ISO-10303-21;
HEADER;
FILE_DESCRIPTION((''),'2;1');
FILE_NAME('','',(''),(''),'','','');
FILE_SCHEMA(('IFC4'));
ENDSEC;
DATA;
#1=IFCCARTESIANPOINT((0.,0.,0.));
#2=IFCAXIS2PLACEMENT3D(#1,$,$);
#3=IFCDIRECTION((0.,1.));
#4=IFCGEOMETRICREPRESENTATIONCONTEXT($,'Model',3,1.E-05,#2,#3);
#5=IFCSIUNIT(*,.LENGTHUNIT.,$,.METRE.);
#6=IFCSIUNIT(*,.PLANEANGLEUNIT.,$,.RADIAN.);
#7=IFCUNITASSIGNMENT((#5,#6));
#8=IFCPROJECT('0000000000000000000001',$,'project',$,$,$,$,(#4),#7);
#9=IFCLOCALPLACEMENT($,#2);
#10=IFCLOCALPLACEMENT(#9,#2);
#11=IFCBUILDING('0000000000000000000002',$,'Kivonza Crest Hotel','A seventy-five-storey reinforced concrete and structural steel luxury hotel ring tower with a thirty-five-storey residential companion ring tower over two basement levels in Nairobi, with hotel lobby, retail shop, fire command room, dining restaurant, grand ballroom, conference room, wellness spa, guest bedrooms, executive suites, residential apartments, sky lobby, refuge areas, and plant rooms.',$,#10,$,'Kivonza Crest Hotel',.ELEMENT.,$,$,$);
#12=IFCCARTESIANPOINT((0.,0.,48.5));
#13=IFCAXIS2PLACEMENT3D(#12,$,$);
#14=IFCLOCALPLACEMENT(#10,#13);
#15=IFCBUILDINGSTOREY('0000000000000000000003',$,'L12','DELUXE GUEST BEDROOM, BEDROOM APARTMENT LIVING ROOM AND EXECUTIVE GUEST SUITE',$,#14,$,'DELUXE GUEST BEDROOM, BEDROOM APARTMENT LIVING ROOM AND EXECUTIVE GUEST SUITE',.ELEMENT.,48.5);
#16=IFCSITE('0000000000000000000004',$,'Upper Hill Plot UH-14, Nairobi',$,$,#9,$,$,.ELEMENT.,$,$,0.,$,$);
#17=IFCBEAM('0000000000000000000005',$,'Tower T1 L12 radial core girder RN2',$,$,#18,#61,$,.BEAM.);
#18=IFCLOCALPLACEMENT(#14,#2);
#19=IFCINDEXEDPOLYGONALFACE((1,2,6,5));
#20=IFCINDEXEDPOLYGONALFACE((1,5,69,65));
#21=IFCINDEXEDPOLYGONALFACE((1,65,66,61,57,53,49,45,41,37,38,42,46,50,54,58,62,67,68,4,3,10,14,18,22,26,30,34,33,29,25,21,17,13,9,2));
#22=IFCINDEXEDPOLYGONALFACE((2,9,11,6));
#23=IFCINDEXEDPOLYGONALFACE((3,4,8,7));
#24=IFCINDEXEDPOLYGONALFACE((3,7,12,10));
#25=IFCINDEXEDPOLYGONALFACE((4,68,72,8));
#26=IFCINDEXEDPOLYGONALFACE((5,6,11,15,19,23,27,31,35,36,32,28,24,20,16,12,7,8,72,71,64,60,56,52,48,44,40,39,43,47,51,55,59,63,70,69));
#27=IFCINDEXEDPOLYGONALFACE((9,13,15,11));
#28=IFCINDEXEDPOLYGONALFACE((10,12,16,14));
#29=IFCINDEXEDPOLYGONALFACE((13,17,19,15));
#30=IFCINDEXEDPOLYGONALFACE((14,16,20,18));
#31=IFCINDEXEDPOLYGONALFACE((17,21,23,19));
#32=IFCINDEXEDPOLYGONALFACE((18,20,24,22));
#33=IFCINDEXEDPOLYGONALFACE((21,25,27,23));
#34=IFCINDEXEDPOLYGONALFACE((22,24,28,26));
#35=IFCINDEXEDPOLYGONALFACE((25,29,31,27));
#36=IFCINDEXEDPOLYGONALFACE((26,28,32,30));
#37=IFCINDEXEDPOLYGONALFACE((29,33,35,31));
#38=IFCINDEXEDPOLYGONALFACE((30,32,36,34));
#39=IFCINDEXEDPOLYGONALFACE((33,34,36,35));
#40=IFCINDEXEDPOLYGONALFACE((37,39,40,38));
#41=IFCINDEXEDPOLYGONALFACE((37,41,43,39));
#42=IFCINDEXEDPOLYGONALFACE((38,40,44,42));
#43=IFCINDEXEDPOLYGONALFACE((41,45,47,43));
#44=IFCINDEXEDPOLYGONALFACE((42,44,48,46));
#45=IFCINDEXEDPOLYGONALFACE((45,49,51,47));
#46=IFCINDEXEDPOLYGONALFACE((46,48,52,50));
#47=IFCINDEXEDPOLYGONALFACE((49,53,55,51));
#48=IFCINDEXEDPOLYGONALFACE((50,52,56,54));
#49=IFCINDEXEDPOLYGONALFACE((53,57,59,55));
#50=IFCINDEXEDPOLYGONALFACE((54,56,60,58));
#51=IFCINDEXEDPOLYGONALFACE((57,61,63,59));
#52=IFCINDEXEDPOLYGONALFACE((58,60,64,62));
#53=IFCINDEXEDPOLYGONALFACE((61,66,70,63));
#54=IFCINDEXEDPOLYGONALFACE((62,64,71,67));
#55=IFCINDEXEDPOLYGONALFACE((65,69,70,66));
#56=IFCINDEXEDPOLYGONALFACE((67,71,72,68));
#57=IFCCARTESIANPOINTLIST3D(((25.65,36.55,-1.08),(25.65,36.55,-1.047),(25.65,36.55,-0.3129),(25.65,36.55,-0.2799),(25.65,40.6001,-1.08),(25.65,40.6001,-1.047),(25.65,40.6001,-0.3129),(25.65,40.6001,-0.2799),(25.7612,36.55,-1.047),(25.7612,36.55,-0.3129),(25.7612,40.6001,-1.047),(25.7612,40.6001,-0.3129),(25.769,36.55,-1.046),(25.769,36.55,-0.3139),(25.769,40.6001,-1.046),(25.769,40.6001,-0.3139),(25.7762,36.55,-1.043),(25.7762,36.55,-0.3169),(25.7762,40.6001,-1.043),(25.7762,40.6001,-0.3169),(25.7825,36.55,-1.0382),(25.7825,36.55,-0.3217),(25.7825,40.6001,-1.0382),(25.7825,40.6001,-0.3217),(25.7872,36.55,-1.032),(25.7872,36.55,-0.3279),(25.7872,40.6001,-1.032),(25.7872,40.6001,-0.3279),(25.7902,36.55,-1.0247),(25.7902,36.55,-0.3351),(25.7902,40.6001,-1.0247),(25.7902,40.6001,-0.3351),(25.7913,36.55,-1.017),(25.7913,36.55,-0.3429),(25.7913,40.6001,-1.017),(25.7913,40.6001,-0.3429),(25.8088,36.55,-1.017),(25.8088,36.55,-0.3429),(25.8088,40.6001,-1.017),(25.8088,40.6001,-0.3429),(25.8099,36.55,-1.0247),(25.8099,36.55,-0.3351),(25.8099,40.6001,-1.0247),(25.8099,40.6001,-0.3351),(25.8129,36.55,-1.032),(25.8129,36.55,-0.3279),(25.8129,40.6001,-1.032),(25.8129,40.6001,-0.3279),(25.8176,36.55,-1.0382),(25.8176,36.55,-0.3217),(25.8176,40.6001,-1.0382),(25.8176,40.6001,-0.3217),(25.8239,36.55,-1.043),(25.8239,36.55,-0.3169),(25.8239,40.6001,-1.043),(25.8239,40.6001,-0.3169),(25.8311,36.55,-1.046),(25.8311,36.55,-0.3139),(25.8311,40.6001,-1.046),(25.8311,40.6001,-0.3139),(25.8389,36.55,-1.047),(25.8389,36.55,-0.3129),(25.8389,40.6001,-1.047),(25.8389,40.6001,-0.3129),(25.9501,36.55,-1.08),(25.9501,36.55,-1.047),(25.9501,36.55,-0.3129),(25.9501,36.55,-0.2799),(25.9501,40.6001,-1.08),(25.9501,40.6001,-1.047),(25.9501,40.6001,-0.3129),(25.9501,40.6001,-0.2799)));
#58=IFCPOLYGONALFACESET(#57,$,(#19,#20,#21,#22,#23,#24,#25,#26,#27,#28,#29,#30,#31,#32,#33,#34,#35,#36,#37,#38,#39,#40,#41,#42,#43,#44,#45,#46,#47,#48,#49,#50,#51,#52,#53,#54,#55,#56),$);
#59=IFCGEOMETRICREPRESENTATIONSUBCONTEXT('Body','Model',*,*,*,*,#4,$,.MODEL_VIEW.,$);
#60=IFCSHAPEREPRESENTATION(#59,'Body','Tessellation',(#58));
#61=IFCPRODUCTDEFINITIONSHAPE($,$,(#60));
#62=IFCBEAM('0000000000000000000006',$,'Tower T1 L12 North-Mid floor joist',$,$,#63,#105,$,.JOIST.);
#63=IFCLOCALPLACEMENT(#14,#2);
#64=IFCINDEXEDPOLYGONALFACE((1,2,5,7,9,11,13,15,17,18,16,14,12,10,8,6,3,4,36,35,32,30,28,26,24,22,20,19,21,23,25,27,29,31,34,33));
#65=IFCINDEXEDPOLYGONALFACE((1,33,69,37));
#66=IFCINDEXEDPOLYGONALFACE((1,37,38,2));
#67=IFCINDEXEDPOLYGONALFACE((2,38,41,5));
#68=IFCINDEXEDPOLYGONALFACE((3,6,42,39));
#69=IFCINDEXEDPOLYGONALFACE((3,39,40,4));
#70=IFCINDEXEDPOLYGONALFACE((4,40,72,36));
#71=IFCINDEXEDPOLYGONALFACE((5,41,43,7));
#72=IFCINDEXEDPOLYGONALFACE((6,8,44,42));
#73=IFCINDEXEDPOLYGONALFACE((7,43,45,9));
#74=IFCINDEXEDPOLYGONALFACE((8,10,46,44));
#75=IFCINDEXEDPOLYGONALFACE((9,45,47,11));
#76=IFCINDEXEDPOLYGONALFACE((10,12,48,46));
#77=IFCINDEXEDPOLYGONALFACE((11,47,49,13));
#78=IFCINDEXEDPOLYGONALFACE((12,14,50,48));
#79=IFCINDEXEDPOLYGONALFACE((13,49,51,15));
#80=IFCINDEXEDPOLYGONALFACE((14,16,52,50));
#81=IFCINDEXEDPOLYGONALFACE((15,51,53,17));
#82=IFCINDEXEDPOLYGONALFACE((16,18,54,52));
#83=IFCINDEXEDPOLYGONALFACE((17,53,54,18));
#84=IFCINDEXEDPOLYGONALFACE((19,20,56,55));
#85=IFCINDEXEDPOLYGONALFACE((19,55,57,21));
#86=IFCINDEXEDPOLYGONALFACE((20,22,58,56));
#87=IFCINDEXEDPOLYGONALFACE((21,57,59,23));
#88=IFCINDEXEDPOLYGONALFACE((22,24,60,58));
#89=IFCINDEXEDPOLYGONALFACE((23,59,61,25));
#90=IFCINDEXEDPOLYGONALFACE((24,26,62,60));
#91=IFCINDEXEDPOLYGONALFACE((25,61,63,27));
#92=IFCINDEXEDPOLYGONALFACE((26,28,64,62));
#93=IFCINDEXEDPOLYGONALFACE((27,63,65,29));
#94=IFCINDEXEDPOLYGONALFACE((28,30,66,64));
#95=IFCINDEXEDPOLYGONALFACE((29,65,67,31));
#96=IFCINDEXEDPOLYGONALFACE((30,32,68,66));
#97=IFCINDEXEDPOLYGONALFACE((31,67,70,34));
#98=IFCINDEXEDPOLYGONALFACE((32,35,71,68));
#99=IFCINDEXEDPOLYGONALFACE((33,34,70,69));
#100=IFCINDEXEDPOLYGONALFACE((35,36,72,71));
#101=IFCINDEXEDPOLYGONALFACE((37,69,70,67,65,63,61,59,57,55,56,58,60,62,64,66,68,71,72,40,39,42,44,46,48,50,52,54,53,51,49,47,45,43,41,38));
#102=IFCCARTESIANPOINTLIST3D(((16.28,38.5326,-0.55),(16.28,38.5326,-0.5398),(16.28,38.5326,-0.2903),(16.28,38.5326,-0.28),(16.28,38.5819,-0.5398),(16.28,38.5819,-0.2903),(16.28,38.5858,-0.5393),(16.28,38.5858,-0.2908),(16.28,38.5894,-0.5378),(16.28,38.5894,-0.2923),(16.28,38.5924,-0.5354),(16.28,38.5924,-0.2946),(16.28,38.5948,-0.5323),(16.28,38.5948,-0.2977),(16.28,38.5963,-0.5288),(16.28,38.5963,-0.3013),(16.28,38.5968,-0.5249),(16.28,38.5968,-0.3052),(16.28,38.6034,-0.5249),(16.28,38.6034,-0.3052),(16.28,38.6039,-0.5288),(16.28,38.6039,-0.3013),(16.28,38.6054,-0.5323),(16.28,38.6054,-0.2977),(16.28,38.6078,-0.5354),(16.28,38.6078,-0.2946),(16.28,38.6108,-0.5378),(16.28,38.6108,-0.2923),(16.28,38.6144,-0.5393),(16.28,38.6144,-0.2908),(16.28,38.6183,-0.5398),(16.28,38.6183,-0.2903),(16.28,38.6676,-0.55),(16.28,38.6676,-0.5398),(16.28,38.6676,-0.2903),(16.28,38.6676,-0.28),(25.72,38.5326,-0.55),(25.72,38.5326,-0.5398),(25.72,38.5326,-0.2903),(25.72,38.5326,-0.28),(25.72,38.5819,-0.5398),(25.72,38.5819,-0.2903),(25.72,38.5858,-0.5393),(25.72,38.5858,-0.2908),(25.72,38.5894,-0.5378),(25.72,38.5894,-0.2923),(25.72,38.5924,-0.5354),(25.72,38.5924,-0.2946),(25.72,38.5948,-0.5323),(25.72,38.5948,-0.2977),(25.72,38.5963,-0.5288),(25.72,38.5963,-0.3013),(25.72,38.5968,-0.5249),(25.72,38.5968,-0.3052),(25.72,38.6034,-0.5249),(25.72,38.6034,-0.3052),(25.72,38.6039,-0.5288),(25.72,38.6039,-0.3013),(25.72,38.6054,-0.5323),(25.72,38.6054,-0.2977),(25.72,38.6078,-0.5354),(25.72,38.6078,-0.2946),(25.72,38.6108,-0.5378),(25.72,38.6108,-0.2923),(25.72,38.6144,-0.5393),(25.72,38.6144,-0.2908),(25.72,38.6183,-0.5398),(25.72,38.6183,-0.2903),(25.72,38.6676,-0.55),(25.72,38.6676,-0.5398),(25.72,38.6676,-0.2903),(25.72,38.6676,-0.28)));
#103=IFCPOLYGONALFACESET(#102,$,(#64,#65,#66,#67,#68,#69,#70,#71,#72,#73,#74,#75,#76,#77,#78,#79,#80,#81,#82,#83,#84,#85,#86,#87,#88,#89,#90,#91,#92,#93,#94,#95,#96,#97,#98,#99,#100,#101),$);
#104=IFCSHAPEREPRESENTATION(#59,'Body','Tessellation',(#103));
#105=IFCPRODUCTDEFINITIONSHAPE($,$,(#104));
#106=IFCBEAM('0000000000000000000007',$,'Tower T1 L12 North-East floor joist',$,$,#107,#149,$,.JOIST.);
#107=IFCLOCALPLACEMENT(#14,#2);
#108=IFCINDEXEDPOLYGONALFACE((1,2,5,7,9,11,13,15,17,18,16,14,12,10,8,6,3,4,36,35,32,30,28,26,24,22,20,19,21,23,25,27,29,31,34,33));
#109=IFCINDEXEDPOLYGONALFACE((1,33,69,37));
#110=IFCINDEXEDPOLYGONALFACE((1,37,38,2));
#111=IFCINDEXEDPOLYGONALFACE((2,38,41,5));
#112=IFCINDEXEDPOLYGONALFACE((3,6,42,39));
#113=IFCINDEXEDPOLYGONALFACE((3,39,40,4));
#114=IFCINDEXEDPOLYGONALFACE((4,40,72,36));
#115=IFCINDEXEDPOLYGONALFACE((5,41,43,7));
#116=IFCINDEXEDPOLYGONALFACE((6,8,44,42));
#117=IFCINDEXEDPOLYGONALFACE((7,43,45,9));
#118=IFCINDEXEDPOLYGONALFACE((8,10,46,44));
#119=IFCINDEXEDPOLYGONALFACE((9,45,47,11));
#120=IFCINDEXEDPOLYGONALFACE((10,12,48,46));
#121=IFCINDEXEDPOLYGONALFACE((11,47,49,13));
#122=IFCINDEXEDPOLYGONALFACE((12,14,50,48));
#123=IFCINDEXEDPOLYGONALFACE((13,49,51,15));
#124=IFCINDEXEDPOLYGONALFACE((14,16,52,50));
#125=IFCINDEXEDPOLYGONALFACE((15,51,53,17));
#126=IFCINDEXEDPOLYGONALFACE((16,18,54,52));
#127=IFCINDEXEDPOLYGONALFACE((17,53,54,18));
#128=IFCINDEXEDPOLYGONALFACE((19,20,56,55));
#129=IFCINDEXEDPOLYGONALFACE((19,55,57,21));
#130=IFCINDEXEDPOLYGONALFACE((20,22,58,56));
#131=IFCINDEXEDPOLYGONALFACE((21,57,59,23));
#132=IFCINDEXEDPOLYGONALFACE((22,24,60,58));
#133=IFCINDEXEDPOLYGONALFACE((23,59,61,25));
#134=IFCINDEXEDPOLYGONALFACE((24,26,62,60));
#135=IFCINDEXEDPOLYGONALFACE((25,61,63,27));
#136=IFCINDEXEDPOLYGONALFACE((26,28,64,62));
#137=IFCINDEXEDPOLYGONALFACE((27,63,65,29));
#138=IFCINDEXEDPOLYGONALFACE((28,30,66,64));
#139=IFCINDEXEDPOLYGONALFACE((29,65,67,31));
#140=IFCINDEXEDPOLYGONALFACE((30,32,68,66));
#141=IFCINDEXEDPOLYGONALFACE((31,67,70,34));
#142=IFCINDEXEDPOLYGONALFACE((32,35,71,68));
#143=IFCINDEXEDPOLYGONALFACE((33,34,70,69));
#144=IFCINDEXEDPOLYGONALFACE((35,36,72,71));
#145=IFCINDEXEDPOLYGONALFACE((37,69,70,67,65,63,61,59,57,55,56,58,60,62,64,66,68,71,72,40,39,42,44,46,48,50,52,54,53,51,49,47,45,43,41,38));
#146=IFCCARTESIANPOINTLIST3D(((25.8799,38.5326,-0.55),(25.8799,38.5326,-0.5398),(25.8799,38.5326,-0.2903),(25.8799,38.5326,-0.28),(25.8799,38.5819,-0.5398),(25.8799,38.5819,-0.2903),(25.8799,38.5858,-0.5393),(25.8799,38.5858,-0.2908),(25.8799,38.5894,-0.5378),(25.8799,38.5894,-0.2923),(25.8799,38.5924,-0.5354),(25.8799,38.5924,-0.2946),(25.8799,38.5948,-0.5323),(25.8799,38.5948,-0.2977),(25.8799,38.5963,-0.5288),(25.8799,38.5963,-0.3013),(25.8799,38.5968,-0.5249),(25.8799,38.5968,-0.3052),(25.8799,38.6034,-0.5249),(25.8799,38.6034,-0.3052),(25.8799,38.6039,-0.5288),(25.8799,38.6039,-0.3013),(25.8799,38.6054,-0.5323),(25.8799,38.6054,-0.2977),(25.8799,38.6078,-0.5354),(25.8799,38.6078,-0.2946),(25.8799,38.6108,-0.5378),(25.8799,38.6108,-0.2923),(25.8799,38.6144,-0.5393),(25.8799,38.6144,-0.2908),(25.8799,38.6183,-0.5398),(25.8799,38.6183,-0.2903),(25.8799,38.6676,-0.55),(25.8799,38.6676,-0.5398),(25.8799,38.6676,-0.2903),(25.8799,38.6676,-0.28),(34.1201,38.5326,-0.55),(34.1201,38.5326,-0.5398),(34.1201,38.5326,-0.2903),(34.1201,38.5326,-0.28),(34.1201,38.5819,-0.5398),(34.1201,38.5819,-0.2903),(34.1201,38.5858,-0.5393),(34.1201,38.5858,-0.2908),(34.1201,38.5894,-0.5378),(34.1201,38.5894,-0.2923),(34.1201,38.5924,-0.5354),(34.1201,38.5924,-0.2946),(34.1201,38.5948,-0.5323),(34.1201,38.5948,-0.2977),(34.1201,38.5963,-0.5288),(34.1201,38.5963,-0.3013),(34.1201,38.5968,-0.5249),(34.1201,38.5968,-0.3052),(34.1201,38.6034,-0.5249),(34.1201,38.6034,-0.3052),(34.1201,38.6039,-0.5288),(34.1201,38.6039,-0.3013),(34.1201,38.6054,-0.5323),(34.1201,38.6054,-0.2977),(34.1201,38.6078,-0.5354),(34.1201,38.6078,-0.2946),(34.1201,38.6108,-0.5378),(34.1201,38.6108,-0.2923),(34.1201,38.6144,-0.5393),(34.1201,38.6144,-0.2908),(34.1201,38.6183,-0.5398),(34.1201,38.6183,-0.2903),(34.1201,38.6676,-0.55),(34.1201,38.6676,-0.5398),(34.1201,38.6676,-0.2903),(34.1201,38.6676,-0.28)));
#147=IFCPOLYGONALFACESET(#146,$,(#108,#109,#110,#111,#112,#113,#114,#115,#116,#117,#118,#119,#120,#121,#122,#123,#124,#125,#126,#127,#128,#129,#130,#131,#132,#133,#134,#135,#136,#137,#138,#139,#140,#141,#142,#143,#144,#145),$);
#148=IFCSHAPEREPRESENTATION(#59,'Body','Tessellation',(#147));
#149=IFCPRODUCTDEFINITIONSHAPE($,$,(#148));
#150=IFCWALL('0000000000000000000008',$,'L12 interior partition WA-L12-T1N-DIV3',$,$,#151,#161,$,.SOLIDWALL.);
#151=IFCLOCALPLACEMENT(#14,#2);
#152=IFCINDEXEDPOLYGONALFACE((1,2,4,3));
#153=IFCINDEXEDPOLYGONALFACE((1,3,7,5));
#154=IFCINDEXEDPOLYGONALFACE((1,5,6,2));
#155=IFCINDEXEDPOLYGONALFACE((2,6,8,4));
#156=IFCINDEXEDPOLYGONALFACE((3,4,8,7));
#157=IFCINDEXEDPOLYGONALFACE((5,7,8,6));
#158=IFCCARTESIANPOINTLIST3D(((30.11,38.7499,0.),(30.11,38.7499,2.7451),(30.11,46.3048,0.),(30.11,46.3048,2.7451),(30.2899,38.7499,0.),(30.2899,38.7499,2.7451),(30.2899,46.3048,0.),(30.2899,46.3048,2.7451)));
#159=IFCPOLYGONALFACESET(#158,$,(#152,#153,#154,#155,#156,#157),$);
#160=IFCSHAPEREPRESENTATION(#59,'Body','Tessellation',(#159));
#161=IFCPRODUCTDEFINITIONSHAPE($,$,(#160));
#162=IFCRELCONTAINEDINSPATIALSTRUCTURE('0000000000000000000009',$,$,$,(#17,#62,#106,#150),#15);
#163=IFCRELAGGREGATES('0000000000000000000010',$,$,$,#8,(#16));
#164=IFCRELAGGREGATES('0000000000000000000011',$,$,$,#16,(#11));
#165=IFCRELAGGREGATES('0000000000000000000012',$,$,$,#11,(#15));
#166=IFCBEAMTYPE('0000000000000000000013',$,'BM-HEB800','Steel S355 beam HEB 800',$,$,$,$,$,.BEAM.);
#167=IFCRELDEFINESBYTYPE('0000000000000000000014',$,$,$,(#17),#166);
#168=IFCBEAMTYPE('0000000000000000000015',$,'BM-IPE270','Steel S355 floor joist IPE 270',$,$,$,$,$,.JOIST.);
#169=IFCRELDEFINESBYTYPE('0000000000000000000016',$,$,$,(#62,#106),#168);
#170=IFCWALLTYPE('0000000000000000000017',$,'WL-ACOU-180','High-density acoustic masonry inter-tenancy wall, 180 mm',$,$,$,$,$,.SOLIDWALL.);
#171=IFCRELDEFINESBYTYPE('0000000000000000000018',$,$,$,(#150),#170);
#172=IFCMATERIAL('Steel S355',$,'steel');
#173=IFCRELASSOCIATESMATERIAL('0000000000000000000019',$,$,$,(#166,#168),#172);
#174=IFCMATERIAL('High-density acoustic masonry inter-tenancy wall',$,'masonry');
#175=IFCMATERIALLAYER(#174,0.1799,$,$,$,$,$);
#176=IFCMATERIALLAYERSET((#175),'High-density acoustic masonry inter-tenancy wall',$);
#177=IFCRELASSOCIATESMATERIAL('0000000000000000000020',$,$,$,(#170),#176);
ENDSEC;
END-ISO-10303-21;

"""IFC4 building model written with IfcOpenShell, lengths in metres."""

from ifc_helpers import new_model, si_unit, direction, frame, frame_2d, origin, origin_2d, place, context, subcontext, project, spatial, rectangle, i_section, extrude, material, layer, layer_set, material_profile, profile_set, type_object, element, save


model = new_model("IFC4")

# Units and contexts
model_context = context("Model", 3, precision=1e-05, world=origin(), true_north=direction((0.0, 1.0)))
body_context = subcontext(model_context, "Body", "Model", "MODEL_VIEW")
ifc_project = project(units=[si_unit("LENGTHUNIT", "METRE"), si_unit("PLANEANGLEUNIT", "RADIAN")], contexts=[model_context])

# Site, building, storey
site_placement = place(None, origin())
site = spatial("IfcSite", under=ifc_project, at=site_placement, Name="Upper Hill Plot UH-14, Nairobi", CompositionType="ELEMENT", RefElevation=0.0)
building_placement = place(site_placement, origin())
building = spatial("IfcBuilding", under=site, at=building_placement, Name="Kivonza Crest Hotel", Description="A seventy-five-storey reinforced concrete and structural steel luxury hotel ring tower with a thirty-five-storey residential companion ring tower over two basement levels in Nairobi, with hotel lobby, retail shop, fire command room, dining restaurant, grand ballroom, conference room, wellness spa, guest bedrooms, executive suites, residential apartments, sky lobby, refuge areas, and plant rooms.", LongName="Kivonza Crest Hotel", CompositionType="ELEMENT")
storey_placement = place(building_placement, frame((0.0, 0.0, 48.5)))
storey = spatial("IfcBuildingStorey", under=building, at=storey_placement, Name="L12", Description="DELUXE GUEST BEDROOM, BEDROOM APARTMENT LIVING ROOM AND EXECUTIVE GUEST SUITE", LongName="DELUXE GUEST BEDROOM, BEDROOM APARTMENT LIVING ROOM AND EXECUTIVE GUEST SUITE", CompositionType="ELEMENT", Elevation=48.5)

# Beams
ifc_material_1 = material(Name="Steel S355", Category="steel")
ifc_material_profile_1 = material_profile(ifc_material_1, i_section(OverallWidth=0.3, OverallDepth=0.8, WebThickness=0.0176, FlangeThickness=0.033, FilletRadius=0.03, at=origin_2d()), Name="HEB 800")
ifc_profile_set_1 = profile_set([ifc_material_profile_1], Name="Steel S355")
beam_type_1 = type_object("IfcBeamType", Name="BM-HEB800", Description="Steel S355 beam HEB 800", PredefinedType="BEAM", material=ifc_profile_set_1)
for number, where, z_axis, x_axis, name in (
    (1, (25.8, 40.6001, -0.6799), (0.0, -1.0, 0.0), (1.0, 0.0, 0.0), "Tower T1 L12 radial core girder RN2"),
):
    element("IfcBeam", number, at=place(storey_placement, frame(where, z_axis=z_axis, x_axis=x_axis)), inside=storey, type_object=beam_type_1, Name=name, PredefinedType="BEAM", context=body_context, shape_type="SweptSolid", body=[
        extrude(i_section(OverallWidth=0.3, OverallDepth=0.8, WebThickness=0.0176, FlangeThickness=0.033, FilletRadius=0.03, at=origin_2d()), origin(), (0.0, 0.0, 1.0), 4.05),
    ])
ifc_material_profile_2 = material_profile(ifc_material_1, i_section(OverallWidth=0.135, OverallDepth=0.27, WebThickness=0.0066, FlangeThickness=0.0103, FilletRadius=0.0149, at=origin_2d()), Name="IPE 270")
ifc_profile_set_2 = profile_set([ifc_material_profile_2], Name="Steel S355")
beam_type_2 = type_object("IfcBeamType", Name="BM-IPE270", Description="Steel S355 floor joist IPE 270", PredefinedType="JOIST", material=ifc_profile_set_2)
beam_1_placement = place(storey_placement, frame((16.28, 38.6001, -0.415), z_axis=(1.0, 0.0, 0.0), x_axis=(0.0, 1.0, 0.0)))
element("IfcBeam", 2, at=beam_1_placement, inside=storey, type_object=beam_type_2, Name="Tower T1 L12 North-Mid floor joist", PredefinedType="JOIST", context=body_context, shape_type="SweptSolid", body=[
    extrude(i_section(OverallWidth=0.135, OverallDepth=0.27, WebThickness=0.0066, FlangeThickness=0.0103, FilletRadius=0.0149, at=origin_2d()), origin(), (0.0, 0.0, 1.0), 9.4399),
])
beam_2_placement = place(storey_placement, frame((25.8799, 38.6001, -0.415), z_axis=(1.0, 0.0, 0.0), x_axis=(0.0, 1.0, 0.0)))
element("IfcBeam", 3, at=beam_2_placement, inside=storey, type_object=beam_type_2, Name="Tower T1 L12 North-East floor joist", PredefinedType="JOIST", context=body_context, shape_type="SweptSolid", body=[
    extrude(i_section(OverallWidth=0.135, OverallDepth=0.27, WebThickness=0.0066, FlangeThickness=0.0103, FilletRadius=0.0149, at=origin_2d()), origin(), (0.0, 0.0, 1.0), 8.2402),
])

# Wall
ifc_material_2 = material(Name="High-density acoustic masonry inter-tenancy wall", Category="masonry")
ifc_layer_1 = layer(ifc_material_2, 0.1799)
ifc_layer_set_1 = layer_set([ifc_layer_1], Name="High-density acoustic masonry inter-tenancy wall")
wall_type_1 = type_object("IfcWallType", Name="WL-ACOU-180", Description="High-density acoustic masonry inter-tenancy wall, 180 mm", PredefinedType="SOLIDWALL", material=ifc_layer_set_1)
wall_1_placement = place(storey_placement, frame((30.2, 38.75, 0.0), z_axis=(0.0, 0.0, 1.0), x_axis=(0.0, 1.0, 0.0)))
element("IfcWall", 4, at=wall_1_placement, inside=storey, type_object=wall_type_1, Name="L12 interior partition WA-L12-T1N-DIV3", PredefinedType="SOLIDWALL", context=body_context, shape_type="SweptSolid", body=[
    extrude(rectangle(XDim=7.5549, YDim=0.1799, at=frame_2d((3.7773, 0.0))), origin(), (0.0, 0.0, 1.0), 2.7451),
])

save(model, "model.ifc")
